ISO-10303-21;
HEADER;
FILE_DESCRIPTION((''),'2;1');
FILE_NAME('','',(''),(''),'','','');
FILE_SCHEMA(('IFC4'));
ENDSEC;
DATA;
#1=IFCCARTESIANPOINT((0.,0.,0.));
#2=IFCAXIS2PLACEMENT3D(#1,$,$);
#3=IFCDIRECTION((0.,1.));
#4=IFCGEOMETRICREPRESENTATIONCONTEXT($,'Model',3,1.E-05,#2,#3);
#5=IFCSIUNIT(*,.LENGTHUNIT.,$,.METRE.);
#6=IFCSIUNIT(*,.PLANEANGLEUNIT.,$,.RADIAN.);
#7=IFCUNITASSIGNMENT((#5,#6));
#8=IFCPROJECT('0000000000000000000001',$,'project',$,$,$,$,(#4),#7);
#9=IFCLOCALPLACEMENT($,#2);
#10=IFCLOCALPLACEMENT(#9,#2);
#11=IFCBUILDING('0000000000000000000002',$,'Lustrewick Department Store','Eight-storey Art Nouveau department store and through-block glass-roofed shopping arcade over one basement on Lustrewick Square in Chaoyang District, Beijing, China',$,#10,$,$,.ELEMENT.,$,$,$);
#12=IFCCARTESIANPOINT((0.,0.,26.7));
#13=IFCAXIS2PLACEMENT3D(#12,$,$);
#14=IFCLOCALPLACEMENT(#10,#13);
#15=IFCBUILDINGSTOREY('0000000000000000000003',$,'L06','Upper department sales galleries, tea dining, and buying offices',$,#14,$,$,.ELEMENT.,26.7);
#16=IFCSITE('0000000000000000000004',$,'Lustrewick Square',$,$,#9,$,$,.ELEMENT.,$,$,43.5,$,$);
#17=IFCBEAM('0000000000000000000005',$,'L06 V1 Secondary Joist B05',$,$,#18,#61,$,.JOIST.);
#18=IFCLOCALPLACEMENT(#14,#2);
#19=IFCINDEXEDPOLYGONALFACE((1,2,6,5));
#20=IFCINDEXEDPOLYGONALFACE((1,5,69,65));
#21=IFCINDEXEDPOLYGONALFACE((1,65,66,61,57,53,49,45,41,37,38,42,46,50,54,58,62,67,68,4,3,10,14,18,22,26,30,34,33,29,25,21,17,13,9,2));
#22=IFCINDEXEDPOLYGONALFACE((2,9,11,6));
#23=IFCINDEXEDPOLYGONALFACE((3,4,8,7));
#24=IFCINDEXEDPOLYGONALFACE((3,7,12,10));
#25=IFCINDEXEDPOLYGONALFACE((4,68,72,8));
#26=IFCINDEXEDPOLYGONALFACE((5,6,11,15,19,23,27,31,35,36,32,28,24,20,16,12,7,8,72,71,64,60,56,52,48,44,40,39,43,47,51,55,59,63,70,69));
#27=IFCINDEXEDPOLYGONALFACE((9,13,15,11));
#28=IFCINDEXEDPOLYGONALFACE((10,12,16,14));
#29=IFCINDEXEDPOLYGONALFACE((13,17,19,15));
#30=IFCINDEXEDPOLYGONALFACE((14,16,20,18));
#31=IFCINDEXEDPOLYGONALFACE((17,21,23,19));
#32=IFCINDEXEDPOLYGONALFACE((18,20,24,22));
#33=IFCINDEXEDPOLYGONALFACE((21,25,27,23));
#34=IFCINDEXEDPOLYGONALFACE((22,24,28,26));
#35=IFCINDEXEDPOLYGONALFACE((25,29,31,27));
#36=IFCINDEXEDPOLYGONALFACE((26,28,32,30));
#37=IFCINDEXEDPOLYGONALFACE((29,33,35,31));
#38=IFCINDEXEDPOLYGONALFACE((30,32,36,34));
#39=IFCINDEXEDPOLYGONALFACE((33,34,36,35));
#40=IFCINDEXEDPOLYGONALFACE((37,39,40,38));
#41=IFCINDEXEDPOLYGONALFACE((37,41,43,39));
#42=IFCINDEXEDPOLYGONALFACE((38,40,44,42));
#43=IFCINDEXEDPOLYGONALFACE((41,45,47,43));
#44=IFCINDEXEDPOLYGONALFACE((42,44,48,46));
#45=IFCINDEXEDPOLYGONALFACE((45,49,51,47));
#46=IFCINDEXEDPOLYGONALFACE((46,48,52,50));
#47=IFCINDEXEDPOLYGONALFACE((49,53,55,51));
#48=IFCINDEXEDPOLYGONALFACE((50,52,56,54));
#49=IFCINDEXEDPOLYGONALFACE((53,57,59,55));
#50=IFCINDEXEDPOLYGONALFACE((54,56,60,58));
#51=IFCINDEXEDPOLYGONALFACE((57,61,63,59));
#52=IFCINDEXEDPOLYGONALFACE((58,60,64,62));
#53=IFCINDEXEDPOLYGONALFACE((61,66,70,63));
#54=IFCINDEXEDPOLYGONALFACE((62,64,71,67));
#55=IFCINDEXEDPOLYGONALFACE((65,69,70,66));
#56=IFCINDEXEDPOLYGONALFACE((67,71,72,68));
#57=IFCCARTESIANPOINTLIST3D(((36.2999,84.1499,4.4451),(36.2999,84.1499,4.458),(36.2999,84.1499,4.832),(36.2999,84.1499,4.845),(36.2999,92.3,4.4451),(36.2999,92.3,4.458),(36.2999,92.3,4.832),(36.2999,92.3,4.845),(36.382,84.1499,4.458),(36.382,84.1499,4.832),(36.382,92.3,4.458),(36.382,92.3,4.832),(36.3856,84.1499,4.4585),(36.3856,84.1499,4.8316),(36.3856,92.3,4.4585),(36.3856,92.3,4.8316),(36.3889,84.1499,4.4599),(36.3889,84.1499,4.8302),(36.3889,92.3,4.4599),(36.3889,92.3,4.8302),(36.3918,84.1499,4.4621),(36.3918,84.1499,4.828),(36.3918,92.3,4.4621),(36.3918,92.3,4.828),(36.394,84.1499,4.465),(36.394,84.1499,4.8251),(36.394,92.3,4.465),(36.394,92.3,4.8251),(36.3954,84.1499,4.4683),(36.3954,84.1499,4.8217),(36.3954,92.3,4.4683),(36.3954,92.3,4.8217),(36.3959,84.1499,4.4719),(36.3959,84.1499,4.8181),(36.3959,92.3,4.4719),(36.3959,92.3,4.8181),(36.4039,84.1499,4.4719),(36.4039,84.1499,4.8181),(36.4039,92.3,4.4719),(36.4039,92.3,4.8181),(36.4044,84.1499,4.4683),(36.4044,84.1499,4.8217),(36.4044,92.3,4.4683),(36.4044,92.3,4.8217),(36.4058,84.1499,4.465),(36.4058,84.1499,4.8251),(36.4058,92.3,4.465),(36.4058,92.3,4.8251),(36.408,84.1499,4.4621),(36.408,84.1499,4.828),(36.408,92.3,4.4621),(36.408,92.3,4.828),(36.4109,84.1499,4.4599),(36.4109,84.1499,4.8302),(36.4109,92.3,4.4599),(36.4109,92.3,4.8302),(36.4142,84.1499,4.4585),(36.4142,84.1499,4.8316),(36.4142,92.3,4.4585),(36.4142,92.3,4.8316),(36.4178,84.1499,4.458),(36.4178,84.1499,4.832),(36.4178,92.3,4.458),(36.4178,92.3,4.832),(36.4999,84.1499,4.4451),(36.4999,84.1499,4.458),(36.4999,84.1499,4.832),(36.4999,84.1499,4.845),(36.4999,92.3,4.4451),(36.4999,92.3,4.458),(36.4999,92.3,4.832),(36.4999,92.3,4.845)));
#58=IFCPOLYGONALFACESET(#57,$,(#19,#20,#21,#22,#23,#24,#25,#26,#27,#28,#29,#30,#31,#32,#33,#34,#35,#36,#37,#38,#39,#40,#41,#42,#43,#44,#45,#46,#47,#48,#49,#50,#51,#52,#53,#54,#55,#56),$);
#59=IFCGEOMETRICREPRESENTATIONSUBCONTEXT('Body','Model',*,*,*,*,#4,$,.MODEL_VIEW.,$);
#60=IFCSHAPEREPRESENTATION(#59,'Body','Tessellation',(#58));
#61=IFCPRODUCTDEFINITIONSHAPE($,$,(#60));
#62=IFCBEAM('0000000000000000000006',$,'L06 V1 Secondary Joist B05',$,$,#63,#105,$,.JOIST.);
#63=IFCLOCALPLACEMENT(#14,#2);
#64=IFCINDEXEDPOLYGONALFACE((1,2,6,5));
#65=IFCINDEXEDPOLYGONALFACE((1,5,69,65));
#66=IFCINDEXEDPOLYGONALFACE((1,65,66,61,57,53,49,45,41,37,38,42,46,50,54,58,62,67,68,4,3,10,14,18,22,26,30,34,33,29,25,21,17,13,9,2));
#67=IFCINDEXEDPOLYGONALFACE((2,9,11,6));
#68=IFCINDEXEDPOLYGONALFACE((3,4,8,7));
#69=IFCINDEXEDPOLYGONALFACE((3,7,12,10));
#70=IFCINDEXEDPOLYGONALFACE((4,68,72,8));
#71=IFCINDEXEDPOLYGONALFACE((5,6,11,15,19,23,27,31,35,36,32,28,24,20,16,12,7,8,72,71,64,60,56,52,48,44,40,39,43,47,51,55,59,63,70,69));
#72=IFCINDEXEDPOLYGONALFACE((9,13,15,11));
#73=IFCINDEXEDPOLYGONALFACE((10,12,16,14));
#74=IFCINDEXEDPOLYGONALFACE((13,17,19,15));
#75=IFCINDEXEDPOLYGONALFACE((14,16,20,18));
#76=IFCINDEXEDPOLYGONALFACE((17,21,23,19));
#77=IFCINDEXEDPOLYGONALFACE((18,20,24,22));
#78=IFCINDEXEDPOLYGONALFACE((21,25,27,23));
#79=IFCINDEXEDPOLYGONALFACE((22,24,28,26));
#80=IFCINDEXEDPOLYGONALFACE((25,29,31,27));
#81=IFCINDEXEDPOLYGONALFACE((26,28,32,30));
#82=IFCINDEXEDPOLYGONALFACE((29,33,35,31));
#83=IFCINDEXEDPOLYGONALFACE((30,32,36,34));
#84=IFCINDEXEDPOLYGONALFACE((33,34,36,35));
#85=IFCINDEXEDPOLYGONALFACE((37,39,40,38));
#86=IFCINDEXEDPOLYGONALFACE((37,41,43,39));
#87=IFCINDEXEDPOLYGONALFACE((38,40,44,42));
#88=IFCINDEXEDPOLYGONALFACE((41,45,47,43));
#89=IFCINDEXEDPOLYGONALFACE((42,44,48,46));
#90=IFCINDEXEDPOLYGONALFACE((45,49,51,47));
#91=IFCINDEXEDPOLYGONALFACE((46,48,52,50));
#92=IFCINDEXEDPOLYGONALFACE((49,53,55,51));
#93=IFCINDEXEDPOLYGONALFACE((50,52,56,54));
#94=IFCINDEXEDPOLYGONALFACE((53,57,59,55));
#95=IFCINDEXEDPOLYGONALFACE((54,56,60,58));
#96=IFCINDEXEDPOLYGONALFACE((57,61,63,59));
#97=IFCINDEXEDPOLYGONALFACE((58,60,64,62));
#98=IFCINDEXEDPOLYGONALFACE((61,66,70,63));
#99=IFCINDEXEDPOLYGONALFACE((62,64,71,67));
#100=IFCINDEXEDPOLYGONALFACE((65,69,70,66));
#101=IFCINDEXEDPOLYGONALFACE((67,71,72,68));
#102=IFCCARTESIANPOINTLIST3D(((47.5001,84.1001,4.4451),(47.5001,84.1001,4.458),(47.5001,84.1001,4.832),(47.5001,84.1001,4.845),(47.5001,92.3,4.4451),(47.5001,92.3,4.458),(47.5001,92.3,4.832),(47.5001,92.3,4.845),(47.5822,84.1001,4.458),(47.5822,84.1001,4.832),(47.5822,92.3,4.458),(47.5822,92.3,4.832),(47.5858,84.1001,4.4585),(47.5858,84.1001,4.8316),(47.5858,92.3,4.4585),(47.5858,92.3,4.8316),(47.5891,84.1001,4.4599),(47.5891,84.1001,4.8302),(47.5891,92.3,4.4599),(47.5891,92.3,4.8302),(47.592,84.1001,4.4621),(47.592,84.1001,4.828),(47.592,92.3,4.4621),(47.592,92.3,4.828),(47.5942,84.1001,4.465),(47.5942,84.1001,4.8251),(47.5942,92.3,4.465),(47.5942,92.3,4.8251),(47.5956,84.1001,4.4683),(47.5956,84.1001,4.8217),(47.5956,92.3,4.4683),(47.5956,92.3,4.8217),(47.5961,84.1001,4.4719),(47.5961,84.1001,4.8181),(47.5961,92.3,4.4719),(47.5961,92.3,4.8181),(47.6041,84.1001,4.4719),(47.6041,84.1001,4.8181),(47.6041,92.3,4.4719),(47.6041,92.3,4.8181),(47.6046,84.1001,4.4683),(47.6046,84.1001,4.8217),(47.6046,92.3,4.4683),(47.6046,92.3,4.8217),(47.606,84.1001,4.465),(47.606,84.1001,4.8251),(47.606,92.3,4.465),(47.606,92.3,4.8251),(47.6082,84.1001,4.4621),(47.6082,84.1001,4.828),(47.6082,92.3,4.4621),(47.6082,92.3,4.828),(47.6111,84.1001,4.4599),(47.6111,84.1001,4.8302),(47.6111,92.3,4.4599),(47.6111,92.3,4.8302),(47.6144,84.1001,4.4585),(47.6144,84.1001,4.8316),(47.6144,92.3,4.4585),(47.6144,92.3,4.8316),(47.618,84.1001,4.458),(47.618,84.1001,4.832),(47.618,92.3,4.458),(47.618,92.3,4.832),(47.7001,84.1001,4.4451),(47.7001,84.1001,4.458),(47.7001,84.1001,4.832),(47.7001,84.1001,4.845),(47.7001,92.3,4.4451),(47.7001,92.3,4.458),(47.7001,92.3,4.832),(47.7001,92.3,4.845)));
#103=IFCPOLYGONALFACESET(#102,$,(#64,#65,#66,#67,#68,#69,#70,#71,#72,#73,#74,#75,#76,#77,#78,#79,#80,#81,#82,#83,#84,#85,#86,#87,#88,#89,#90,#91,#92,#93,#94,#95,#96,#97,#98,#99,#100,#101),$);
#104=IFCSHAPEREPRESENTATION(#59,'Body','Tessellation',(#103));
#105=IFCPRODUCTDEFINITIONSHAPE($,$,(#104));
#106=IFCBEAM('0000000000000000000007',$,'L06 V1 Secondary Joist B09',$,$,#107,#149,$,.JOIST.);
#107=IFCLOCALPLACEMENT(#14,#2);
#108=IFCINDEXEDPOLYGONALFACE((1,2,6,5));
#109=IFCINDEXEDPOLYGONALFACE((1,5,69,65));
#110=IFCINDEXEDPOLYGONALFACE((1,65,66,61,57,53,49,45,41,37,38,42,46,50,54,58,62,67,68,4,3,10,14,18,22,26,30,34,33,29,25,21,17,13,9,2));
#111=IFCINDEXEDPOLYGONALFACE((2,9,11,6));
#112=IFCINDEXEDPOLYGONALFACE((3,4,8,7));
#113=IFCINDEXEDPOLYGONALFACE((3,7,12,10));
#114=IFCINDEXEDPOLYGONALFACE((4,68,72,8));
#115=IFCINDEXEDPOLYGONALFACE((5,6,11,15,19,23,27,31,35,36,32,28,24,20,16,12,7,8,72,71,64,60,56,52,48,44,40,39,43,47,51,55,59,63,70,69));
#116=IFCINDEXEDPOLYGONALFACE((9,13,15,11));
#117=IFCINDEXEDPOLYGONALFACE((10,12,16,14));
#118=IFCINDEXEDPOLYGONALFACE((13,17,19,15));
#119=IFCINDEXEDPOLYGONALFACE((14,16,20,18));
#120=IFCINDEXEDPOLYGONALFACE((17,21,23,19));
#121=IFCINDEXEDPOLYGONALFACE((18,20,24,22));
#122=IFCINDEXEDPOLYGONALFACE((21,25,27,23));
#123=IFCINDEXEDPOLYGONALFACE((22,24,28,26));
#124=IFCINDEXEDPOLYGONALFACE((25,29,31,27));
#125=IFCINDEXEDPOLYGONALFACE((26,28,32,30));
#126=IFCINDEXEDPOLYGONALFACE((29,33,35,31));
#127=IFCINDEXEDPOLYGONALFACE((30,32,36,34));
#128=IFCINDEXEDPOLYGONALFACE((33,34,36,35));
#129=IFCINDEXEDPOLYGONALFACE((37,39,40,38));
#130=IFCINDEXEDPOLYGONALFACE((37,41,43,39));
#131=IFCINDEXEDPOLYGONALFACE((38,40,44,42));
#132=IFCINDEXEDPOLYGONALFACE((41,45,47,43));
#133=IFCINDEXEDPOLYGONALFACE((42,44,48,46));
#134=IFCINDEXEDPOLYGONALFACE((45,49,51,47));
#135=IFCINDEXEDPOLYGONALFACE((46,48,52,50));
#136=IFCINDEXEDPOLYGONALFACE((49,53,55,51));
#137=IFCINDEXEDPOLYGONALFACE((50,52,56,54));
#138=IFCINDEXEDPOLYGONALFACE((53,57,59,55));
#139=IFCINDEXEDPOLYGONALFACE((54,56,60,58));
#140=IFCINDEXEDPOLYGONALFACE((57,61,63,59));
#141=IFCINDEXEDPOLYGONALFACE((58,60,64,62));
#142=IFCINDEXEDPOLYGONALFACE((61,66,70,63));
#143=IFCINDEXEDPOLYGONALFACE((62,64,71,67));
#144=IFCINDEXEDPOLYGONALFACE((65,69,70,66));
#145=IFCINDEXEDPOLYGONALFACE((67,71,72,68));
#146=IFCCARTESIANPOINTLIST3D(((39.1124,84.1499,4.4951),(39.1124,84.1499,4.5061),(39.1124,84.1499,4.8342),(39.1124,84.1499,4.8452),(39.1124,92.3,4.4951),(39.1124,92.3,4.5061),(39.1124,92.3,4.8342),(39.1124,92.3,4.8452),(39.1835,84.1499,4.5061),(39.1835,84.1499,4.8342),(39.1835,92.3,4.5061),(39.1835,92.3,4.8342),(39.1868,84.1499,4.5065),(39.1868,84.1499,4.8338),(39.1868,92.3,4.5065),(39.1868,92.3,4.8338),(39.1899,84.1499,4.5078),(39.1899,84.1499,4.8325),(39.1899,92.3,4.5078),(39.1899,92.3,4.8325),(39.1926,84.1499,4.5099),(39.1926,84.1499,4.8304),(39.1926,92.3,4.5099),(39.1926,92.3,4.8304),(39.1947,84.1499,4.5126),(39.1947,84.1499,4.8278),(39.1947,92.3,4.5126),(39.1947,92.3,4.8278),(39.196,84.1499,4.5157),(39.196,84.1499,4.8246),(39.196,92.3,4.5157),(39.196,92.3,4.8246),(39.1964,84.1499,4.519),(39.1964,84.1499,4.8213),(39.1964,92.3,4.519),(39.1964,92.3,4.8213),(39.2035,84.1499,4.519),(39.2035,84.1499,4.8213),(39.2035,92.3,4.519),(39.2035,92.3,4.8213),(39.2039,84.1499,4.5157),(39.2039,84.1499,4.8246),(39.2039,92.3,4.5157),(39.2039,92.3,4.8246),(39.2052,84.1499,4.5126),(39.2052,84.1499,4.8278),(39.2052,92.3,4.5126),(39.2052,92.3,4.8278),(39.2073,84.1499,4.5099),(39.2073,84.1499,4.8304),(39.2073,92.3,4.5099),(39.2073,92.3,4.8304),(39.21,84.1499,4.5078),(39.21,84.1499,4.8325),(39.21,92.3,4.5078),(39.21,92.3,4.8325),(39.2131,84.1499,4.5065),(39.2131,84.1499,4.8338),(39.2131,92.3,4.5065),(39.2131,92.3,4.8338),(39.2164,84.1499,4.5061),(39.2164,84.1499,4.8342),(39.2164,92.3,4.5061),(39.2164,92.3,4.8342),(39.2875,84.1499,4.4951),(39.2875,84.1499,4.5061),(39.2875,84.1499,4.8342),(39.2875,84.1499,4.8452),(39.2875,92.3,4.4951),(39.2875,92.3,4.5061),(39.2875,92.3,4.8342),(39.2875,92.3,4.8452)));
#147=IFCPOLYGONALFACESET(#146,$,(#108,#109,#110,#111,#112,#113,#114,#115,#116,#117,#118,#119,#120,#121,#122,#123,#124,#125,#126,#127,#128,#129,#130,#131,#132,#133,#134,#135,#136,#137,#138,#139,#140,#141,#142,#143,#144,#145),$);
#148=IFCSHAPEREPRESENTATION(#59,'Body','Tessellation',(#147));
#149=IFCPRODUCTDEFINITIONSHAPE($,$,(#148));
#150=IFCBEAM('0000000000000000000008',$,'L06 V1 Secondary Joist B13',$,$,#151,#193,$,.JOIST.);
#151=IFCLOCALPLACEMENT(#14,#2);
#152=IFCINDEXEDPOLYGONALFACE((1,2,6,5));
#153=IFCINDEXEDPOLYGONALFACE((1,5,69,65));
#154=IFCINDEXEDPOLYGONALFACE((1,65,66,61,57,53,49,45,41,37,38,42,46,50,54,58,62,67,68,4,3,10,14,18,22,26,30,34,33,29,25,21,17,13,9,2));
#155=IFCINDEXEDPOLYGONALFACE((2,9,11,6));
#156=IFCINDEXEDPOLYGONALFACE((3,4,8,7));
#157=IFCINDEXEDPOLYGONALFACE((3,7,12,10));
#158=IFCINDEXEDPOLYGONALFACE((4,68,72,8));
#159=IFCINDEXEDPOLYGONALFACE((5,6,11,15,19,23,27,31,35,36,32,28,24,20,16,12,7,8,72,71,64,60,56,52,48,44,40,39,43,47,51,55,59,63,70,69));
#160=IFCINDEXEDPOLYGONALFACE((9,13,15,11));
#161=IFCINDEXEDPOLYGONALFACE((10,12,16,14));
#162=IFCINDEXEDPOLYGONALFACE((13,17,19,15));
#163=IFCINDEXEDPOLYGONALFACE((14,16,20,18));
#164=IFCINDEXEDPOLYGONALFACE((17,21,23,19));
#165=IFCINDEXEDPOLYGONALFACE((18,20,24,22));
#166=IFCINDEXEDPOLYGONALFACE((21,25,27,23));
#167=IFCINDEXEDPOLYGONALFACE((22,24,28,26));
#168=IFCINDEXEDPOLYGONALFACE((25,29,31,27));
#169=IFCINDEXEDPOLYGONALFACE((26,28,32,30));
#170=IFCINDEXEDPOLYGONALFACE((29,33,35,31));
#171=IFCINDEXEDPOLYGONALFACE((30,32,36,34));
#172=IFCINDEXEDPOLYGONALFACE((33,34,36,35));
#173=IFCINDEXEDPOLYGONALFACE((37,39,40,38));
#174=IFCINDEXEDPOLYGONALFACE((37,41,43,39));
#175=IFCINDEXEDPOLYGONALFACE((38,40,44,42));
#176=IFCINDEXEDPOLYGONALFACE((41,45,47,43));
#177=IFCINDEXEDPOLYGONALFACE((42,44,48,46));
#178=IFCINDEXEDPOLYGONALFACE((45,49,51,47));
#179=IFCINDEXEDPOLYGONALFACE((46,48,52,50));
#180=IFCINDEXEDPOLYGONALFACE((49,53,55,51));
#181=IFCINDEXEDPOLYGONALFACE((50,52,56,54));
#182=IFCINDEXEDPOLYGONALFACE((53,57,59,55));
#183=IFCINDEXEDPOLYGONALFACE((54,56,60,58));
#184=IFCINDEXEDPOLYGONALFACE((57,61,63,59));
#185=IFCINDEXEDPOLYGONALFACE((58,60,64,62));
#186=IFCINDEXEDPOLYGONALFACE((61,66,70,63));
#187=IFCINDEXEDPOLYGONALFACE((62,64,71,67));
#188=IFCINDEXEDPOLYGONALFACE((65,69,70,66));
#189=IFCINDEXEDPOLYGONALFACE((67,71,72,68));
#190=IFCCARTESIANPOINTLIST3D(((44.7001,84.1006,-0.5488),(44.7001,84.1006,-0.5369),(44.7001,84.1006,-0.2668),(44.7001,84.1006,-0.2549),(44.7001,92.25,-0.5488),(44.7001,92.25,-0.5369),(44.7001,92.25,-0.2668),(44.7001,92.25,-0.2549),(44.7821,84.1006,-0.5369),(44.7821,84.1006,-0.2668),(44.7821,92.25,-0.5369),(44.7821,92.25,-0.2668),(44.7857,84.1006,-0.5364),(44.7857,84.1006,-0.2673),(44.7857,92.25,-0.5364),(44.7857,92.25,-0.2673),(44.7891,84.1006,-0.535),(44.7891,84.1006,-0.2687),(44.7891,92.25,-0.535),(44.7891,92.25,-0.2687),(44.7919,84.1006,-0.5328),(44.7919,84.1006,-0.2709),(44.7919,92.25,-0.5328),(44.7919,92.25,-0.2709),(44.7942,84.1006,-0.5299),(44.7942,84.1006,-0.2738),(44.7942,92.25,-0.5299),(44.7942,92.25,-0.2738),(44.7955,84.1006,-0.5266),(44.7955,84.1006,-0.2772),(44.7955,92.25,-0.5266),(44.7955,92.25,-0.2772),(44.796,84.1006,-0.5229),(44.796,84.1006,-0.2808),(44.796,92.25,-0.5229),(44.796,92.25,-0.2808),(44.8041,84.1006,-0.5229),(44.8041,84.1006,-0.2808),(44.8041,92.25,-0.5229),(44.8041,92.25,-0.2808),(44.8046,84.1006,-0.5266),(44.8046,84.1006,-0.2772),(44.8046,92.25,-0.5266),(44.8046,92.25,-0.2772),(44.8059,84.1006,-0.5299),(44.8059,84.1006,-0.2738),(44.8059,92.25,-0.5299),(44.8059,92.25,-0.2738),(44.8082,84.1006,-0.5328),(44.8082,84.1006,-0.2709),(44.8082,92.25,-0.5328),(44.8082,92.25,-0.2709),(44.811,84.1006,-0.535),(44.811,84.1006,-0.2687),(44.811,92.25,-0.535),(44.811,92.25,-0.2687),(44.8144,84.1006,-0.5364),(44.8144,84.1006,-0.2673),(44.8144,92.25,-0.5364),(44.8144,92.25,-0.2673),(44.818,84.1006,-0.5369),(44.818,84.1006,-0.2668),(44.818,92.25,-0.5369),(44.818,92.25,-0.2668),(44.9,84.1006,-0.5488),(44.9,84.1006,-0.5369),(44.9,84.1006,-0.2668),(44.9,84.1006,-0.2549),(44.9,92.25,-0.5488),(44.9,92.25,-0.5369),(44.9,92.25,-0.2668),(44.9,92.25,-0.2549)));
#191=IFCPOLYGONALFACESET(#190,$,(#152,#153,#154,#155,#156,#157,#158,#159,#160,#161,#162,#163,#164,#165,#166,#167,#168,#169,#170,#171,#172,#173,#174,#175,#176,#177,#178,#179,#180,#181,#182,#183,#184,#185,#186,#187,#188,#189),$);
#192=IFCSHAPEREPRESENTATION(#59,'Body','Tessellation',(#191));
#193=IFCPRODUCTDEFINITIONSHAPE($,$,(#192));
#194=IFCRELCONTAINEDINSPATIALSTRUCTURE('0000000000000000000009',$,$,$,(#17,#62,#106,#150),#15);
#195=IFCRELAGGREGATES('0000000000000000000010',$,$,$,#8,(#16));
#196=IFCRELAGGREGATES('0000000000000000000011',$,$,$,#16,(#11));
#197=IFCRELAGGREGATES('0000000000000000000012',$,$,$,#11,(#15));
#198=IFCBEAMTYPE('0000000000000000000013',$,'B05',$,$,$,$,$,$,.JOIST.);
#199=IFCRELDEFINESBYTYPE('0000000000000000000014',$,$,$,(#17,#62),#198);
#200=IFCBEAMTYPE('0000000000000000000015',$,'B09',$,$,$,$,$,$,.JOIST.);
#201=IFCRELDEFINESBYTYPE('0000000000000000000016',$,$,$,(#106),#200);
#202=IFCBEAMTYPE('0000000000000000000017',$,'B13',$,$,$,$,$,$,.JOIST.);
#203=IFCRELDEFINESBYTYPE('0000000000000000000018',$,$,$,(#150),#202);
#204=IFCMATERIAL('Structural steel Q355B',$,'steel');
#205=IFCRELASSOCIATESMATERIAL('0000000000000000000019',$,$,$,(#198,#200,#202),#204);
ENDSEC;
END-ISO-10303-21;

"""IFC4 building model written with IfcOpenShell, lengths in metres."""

from ifc_helpers import new_model, si_unit, direction, frame, origin, origin_2d, place, context, subcontext, project, spatial, i_section, extrude, material, material_profile, profile_set, type_object, element, save


model = new_model("IFC4")

# Units and contexts
model_context = context("Model", 3, precision=1e-05, world=origin(), true_north=direction((0.0, 1.0)))
body_context = subcontext(model_context, "Body", "Model", "MODEL_VIEW")
ifc_project = project(units=[si_unit("LENGTHUNIT", "METRE"), si_unit("PLANEANGLEUNIT", "RADIAN")], contexts=[model_context])

# Site, building, storey
site_placement = place(None, origin())
site = spatial("IfcSite", under=ifc_project, at=site_placement, Name="Lustrewick Square", CompositionType="ELEMENT", RefElevation=43.5)
building_placement = place(site_placement, origin())
building = spatial("IfcBuilding", under=site, at=building_placement, Name="Lustrewick Department Store", Description="Eight-storey Art Nouveau department store and through-block glass-roofed shopping arcade over one basement on Lustrewick Square in Chaoyang District, Beijing, China", CompositionType="ELEMENT")
storey_placement = place(building_placement, frame((0.0, 0.0, 26.7)))
storey = spatial("IfcBuildingStorey", under=building, at=storey_placement, Name="L06", Description="Upper department sales galleries, tea dining, and buying offices", CompositionType="ELEMENT", Elevation=26.7)

# Shared definitions
ifc_material_1 = material(Name="Structural steel Q355B", Category="steel")

# Beams
ifc_material_profile_1 = material_profile(ifc_material_1, i_section(OverallWidth=0.2, OverallDepth=0.3999, WebThickness=0.0081, FlangeThickness=0.0129, FilletRadius=0.0139, at=origin_2d()), Name="HN 400x200x8x13")
ifc_profile_set_1 = profile_set([ifc_material_profile_1], Name="Structural steel Q355B")
beam_type_1 = type_object("IfcBeamType", Name="B05", PredefinedType="JOIST", material=ifc_profile_set_1)
beam_1_placement = place(storey_placement, frame((36.3999, 84.1499, 4.645), z_axis=(0.0, 1.0, 0.0), x_axis=(-1.0, 0.0, 0.0)))
element("IfcBeam", 1, at=beam_1_placement, inside=storey, type_object=beam_type_1, Name="L06 V1 Secondary Joist B05", PredefinedType="JOIST", context=body_context, shape_type="SweptSolid", body=[
    extrude(i_section(OverallWidth=0.2, OverallDepth=0.3999, WebThickness=0.0081, FlangeThickness=0.0129, FilletRadius=0.0139, at=origin_2d()), origin(), (0.0, 0.0, 1.0), 8.1501),
])
beam_2_placement = place(storey_placement, frame((47.6001, 84.1001, 4.645), z_axis=(0.0, 1.0, 0.0), x_axis=(-1.0, 0.0, 0.0)))
element("IfcBeam", 2, at=beam_2_placement, inside=storey, type_object=beam_type_1, Name="L06 V1 Secondary Joist B05", PredefinedType="JOIST", context=body_context, shape_type="SweptSolid", body=[
    extrude(i_section(OverallWidth=0.2, OverallDepth=0.3999, WebThickness=0.0081, FlangeThickness=0.0129, FilletRadius=0.0139, at=origin_2d()), origin(), (0.0, 0.0, 1.0), 8.2),
])
ifc_material_profile_2 = material_profile(ifc_material_1, i_section(OverallWidth=0.175, OverallDepth=0.3501, WebThickness=0.0071, FlangeThickness=0.011, FilletRadius=0.0129, at=origin_2d()), Name="HN 350x175x7x11")
ifc_profile_set_2 = profile_set([ifc_material_profile_2], Name="Structural steel Q355B")
beam_type_2 = type_object("IfcBeamType", Name="B09", PredefinedType="JOIST", material=ifc_profile_set_2)
beam_3_placement = place(storey_placement, frame((39.2, 84.1499, 4.6702), z_axis=(0.0, 1.0, 0.0), x_axis=(-1.0, 0.0, 0.0)))
element("IfcBeam", 3, at=beam_3_placement, inside=storey, type_object=beam_type_2, Name="L06 V1 Secondary Joist B09", PredefinedType="JOIST", context=body_context, shape_type="SweptSolid", body=[
    extrude(i_section(OverallWidth=0.175, OverallDepth=0.3501, WebThickness=0.0071, FlangeThickness=0.011, FilletRadius=0.0129, at=origin_2d()), origin(), (0.0, 0.0, 1.0), 8.1501),
])
ifc_material_profile_3 = material_profile(ifc_material_1, i_section(OverallWidth=0.2, OverallDepth=0.2939, WebThickness=0.0081, FlangeThickness=0.012, FilletRadius=0.0139, at=origin_2d()), Name="HM 294x200x8x12")
ifc_profile_set_3 = profile_set([ifc_material_profile_3], Name="Structural steel Q355B")
beam_type_3 = type_object("IfcBeamType", Name="B13", PredefinedType="JOIST", material=ifc_profile_set_3)
beam_4_placement = place(storey_placement, frame((44.8, 84.1006, -0.4019), z_axis=(0.0, 1.0, 0.0), x_axis=(-1.0, 0.0, 0.0)))
element("IfcBeam", 4, at=beam_4_placement, inside=storey, type_object=beam_type_3, Name="L06 V1 Secondary Joist B13", PredefinedType="JOIST", context=body_context, shape_type="SweptSolid", body=[
    extrude(i_section(OverallWidth=0.2, OverallDepth=0.2939, WebThickness=0.0081, FlangeThickness=0.012, FilletRadius=0.0139, at=origin_2d()), origin(), (0.0, 0.0, 1.0), 8.1494),
])

save(model, "model.ifc")
